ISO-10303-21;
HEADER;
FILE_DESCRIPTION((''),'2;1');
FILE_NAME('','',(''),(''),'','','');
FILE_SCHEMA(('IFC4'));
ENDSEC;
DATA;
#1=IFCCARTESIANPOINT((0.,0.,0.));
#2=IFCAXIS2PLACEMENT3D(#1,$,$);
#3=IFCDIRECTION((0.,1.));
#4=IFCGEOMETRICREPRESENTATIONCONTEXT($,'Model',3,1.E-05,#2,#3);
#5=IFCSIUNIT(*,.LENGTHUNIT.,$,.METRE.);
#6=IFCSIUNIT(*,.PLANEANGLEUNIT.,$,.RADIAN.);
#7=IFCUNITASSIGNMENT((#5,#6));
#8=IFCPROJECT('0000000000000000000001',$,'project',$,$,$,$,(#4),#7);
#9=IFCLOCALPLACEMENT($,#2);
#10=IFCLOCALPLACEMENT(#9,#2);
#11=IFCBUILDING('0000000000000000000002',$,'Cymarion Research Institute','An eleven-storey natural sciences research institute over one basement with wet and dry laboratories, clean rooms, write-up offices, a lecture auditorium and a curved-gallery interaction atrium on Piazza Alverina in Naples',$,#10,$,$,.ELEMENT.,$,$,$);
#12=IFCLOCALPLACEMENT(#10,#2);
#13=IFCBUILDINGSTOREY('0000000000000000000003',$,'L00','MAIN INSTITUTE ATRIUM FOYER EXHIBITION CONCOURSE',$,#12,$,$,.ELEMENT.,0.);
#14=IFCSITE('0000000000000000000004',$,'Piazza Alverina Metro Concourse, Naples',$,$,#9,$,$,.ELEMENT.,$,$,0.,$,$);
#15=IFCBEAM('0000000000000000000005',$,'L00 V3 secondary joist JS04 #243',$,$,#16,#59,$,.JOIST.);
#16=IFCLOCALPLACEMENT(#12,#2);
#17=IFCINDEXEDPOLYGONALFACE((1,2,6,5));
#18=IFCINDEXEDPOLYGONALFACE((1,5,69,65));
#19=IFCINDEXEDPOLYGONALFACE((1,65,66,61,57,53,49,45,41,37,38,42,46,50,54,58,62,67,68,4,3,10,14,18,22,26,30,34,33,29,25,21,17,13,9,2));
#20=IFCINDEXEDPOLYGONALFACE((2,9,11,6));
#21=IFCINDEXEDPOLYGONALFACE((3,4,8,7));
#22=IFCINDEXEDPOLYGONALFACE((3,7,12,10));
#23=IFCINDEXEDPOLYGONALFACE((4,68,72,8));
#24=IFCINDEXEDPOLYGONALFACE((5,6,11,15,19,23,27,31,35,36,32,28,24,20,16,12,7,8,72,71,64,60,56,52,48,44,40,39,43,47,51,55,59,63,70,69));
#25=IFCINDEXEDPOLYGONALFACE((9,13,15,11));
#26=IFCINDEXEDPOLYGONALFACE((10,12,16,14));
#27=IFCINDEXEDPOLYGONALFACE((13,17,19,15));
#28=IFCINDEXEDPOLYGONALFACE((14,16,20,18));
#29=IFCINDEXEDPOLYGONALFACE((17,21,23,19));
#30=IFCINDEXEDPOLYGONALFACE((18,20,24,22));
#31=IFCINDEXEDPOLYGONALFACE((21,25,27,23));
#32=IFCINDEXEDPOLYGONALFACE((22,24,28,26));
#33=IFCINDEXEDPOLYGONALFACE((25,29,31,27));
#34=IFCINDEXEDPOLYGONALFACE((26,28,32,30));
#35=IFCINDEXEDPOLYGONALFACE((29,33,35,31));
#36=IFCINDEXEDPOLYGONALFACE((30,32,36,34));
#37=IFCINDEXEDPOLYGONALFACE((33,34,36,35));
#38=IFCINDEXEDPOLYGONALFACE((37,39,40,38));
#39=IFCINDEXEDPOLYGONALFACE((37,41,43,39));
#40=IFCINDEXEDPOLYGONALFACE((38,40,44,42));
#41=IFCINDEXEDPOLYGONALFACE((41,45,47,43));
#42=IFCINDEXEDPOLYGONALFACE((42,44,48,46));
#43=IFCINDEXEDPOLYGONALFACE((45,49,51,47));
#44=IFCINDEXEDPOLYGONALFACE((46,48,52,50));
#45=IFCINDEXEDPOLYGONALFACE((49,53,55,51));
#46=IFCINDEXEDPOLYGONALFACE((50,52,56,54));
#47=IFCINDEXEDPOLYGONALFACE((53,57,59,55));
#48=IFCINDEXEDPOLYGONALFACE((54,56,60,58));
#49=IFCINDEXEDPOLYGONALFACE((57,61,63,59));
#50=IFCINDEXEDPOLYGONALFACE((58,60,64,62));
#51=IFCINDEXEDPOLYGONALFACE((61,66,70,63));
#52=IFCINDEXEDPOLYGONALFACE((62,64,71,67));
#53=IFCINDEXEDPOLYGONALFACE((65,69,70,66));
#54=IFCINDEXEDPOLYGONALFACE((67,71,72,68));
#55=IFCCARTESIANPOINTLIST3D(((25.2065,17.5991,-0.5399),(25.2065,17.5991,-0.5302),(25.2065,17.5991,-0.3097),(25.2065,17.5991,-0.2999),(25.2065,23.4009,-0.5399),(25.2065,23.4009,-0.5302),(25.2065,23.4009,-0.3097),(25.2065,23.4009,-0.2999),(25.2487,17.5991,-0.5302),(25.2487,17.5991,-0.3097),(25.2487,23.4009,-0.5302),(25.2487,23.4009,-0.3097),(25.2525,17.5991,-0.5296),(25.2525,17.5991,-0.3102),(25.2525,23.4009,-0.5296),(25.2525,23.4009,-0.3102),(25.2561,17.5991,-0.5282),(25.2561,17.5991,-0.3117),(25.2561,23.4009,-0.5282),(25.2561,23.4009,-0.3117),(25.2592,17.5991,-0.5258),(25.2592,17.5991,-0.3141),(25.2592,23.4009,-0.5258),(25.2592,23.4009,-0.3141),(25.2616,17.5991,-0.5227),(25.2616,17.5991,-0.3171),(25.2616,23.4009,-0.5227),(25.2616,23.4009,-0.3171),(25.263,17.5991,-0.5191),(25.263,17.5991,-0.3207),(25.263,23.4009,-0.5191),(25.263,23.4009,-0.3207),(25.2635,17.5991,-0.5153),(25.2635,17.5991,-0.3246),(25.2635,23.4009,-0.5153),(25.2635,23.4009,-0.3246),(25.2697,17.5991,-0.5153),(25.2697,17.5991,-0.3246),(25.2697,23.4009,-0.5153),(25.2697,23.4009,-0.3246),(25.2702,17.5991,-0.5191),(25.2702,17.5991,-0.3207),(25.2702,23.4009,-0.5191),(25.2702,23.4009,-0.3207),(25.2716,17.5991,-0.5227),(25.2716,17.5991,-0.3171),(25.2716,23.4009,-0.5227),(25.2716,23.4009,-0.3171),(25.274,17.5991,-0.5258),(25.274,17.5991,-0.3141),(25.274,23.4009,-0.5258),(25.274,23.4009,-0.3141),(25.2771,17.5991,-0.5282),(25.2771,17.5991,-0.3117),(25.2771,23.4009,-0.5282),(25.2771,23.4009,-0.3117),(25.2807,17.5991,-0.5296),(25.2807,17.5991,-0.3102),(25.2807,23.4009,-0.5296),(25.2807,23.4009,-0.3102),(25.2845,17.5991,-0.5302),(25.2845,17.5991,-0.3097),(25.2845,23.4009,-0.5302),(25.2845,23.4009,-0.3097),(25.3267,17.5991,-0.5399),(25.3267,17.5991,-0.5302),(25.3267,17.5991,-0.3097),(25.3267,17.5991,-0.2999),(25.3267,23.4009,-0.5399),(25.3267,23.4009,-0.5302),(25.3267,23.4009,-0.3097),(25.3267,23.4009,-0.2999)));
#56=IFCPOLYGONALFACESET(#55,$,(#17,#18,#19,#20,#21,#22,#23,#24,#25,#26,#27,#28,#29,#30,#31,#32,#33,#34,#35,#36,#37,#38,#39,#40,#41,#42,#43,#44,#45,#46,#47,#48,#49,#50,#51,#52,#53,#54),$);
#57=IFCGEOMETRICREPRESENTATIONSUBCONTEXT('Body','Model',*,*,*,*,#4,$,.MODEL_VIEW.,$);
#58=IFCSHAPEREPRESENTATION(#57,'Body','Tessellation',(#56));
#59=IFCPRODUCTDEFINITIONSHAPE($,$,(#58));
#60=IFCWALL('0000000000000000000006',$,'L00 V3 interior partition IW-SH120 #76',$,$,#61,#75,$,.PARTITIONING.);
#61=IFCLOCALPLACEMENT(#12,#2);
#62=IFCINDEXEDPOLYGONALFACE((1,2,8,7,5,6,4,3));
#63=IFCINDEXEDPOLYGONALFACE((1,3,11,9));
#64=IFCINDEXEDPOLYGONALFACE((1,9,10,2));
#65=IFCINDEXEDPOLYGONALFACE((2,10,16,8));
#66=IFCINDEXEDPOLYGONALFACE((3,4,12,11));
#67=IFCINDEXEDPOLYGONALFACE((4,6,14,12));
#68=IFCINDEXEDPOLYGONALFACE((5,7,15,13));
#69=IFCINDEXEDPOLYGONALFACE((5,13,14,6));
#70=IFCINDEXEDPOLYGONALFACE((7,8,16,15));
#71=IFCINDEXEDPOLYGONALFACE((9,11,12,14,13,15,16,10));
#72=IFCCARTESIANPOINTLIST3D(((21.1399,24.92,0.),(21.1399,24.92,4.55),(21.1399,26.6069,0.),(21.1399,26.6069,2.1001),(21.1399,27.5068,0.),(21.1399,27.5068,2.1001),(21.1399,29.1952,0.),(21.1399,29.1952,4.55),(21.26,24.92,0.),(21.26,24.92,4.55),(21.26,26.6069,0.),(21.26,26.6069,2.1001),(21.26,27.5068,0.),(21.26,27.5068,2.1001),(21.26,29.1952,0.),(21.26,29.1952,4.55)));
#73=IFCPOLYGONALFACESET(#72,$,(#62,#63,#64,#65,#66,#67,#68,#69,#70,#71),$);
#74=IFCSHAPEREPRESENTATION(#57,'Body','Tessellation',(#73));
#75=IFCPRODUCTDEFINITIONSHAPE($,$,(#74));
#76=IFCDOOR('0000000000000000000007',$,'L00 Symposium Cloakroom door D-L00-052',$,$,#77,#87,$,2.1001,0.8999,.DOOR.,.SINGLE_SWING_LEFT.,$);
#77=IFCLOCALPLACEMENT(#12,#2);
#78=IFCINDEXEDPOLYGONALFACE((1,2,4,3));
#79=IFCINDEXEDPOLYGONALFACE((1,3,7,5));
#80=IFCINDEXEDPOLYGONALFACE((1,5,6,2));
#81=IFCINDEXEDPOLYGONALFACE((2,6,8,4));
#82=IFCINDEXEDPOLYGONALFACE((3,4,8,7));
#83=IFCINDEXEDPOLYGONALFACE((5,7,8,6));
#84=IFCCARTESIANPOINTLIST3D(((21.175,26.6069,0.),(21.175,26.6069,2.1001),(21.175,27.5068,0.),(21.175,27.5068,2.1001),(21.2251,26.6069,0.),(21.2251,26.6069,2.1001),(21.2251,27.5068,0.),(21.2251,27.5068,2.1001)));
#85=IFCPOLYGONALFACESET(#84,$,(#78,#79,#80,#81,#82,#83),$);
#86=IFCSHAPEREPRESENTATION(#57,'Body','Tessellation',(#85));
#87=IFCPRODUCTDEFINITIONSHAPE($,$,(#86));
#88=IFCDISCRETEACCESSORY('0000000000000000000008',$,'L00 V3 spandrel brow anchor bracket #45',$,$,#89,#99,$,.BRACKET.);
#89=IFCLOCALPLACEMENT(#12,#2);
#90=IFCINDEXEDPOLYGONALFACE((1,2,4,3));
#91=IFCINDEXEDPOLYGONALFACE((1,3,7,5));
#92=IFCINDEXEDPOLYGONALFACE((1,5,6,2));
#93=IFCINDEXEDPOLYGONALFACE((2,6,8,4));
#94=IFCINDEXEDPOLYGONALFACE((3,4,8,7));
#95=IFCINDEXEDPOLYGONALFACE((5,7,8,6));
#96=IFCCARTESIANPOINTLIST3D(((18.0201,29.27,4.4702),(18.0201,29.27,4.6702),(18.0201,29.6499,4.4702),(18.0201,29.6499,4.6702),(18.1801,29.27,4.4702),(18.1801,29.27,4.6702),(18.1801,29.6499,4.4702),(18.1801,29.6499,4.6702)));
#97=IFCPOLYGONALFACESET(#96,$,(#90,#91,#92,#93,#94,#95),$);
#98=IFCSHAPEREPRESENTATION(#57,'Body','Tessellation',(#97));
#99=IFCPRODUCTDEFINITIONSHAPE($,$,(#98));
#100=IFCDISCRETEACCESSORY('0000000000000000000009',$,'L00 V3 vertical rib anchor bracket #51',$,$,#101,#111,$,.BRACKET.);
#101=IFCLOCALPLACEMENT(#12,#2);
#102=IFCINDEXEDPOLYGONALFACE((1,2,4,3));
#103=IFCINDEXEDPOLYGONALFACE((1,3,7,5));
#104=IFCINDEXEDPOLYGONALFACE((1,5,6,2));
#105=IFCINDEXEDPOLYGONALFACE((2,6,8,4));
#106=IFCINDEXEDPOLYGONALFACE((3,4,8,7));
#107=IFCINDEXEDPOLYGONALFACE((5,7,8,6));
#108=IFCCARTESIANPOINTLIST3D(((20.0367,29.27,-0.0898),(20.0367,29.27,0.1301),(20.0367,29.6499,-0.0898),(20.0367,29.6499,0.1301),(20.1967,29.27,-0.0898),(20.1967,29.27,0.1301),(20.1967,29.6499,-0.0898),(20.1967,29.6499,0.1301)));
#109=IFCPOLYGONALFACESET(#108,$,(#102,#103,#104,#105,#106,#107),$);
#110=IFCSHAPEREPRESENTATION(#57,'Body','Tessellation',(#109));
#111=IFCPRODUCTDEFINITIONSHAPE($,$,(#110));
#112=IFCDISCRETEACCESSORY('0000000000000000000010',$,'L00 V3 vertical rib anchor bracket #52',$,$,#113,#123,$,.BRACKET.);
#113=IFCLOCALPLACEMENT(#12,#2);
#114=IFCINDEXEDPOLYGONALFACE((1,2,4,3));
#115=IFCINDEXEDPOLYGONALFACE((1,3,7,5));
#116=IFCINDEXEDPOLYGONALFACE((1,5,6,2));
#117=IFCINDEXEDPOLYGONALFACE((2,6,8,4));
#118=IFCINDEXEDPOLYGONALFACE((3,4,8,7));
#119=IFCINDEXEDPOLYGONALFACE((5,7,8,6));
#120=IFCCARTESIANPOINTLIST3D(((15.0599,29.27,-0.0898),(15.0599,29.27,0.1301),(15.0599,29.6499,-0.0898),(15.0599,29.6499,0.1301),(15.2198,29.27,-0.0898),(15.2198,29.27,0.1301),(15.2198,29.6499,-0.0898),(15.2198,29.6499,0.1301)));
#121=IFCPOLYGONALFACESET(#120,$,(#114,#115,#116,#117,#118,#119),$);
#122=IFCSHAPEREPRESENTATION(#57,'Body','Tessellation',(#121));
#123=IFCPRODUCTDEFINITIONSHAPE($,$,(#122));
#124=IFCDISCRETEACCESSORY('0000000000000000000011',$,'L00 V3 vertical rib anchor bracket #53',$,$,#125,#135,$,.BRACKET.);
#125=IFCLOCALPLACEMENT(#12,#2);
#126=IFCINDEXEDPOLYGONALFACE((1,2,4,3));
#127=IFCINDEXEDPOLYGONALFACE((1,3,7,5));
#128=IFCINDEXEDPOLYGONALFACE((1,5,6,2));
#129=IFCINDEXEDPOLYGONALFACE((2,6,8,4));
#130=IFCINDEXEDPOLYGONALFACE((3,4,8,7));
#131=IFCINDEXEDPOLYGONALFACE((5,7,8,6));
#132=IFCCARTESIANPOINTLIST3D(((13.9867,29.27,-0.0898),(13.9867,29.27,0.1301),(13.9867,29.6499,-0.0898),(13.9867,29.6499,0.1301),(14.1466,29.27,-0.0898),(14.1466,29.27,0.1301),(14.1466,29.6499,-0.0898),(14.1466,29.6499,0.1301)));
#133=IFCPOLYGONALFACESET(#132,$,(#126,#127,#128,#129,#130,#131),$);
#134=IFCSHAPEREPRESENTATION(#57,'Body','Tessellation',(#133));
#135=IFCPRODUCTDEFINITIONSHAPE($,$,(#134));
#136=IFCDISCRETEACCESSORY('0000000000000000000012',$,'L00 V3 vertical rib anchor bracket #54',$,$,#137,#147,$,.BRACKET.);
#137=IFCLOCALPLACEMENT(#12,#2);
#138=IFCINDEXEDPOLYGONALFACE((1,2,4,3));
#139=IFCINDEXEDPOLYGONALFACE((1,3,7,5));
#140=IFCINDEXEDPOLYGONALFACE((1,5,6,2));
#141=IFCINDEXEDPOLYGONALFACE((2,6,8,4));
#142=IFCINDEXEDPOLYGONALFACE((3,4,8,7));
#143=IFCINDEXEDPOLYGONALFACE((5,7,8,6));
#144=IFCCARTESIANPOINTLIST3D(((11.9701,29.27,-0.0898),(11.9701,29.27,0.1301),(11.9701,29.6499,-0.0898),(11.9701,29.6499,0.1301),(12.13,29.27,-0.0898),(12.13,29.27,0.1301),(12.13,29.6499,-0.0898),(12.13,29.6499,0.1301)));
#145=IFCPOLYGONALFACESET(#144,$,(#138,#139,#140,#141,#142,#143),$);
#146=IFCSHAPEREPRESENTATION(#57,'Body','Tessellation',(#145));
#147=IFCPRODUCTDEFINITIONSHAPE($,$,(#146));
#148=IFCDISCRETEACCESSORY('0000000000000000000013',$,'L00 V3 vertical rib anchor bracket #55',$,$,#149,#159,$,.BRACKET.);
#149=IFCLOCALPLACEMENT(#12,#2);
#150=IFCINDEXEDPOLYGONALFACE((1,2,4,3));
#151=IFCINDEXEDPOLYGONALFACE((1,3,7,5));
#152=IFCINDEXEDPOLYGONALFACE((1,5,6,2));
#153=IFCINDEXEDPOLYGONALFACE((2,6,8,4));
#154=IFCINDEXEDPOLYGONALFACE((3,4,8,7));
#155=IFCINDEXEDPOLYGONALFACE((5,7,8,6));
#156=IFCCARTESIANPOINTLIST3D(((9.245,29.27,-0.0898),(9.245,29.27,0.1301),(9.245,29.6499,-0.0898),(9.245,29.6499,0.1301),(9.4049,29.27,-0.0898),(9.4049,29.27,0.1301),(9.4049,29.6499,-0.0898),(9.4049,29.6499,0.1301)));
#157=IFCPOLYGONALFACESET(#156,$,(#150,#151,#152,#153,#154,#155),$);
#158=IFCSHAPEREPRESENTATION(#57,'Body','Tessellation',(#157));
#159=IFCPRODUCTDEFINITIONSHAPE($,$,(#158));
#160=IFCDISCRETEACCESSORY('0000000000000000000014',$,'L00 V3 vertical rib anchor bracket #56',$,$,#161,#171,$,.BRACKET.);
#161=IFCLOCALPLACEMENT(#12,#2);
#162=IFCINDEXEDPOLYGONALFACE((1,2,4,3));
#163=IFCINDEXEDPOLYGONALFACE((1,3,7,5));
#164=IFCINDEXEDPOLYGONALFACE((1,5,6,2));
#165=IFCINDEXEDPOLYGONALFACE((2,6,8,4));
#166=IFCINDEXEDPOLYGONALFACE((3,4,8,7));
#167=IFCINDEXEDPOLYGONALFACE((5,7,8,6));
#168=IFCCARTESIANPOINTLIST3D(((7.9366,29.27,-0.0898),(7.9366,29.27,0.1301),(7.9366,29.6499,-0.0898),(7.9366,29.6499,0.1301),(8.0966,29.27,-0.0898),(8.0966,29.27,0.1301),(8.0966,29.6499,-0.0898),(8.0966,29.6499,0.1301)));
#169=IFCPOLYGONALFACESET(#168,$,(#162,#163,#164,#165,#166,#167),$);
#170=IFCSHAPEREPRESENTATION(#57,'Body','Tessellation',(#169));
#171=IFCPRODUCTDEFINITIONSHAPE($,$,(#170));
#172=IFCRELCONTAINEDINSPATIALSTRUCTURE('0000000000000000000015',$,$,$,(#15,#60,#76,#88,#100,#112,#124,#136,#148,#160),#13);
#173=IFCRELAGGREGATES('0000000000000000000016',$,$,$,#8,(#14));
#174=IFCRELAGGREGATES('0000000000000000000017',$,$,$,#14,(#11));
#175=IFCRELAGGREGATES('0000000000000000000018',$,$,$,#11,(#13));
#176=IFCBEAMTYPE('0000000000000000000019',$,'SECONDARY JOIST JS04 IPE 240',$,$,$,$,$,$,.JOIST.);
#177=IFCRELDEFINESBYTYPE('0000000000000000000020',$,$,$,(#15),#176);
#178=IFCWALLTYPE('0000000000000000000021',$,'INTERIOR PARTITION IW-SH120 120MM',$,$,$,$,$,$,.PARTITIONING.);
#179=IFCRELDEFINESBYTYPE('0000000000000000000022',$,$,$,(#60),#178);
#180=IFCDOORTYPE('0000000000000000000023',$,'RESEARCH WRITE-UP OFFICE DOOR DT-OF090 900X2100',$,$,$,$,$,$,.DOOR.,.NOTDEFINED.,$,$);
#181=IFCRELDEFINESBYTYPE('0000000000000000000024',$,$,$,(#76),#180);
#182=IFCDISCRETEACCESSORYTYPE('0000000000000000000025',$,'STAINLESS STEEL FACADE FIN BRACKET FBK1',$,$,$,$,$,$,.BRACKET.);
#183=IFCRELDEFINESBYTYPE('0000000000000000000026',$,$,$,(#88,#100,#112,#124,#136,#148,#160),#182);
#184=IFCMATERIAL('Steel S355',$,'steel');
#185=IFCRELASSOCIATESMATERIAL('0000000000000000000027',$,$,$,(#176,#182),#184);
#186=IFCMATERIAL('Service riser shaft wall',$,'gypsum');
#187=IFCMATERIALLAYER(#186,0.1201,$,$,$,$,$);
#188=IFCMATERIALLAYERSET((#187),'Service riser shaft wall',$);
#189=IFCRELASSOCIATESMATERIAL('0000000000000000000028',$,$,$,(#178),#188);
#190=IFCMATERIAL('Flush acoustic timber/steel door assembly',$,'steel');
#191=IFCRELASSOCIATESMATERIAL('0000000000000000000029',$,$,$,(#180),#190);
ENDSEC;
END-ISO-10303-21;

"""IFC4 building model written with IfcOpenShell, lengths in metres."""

from ifc_helpers import new_model, si_unit, direction, frame, frame_2d, origin, origin_2d, place, context, subcontext, project, spatial, rectangle, i_section, extrude, material, layer, layer_set, material_profile, profile_set, type_object, element, fill, save


model = new_model("IFC4")

# Units and contexts
model_context = context("Model", 3, precision=1e-05, world=origin(), true_north=direction((0.0, 1.0)))
body_context = subcontext(model_context, "Body", "Model", "MODEL_VIEW")
ifc_project = project(units=[si_unit("LENGTHUNIT", "METRE"), si_unit("PLANEANGLEUNIT", "RADIAN")], contexts=[model_context])

# Site, building, storey
site_placement = place(None, origin())
site = spatial("IfcSite", under=ifc_project, at=site_placement, Name="Piazza Alverina Metro Concourse, Naples", CompositionType="ELEMENT", RefElevation=0.0)
building_placement = place(site_placement, origin())
building = spatial("IfcBuilding", under=site, at=building_placement, Name="Cymarion Research Institute", Description="An eleven-storey natural sciences research institute over one basement with wet and dry laboratories, clean rooms, write-up offices, a lecture auditorium and a curved-gallery interaction atrium on Piazza Alverina in Naples", CompositionType="ELEMENT")
storey_placement = place(building_placement, origin())
storey = spatial("IfcBuildingStorey", under=building, at=storey_placement, Name="L00", Description="MAIN INSTITUTE ATRIUM FOYER EXHIBITION CONCOURSE", CompositionType="ELEMENT", Elevation=0.0)

# Shared definitions
ifc_material_1 = material(Name="Steel S355", Category="steel")

# Beam
ifc_material_profile_1 = material_profile(ifc_material_1, i_section(OverallWidth=0.1201, OverallDepth=0.24, WebThickness=0.0061, FlangeThickness=0.0098, FilletRadius=0.0149, at=origin_2d()), Name="IPE 240")
ifc_profile_set_1 = profile_set([ifc_material_profile_1], Name="Steel S355")
beam_type_1 = type_object("IfcBeamType", Name="SECONDARY JOIST JS04 IPE 240", PredefinedType="JOIST", material=ifc_profile_set_1)
for number, where, z_axis, x_axis, name in (
    (1, (25.2666, 17.5991, -0.4199), (0.0, 1.0, 0.0), (-1.0, 0.0, 0.0), "L00 V3 secondary joist JS04 #243"),
):
    element("IfcBeam", number, at=place(storey_placement, frame(where, z_axis=z_axis, x_axis=x_axis)), inside=storey, type_object=beam_type_1, Name=name, PredefinedType="JOIST", context=body_context, shape_type="SweptSolid", body=[
        extrude(i_section(OverallWidth=0.1201, OverallDepth=0.24, WebThickness=0.0061, FlangeThickness=0.0098, FilletRadius=0.0149, at=origin_2d()), origin(), (0.0, 0.0, 1.0), 5.8018),
    ])

# Wall, opening, door
ifc_material_2 = material(Name="Service riser shaft wall", Category="gypsum")
ifc_layer = layer(ifc_material_2, 0.1201)
ifc_layer_set = layer_set([ifc_layer], Name="Service riser shaft wall")
wall_type = type_object("IfcWallType", Name="INTERIOR PARTITION IW-SH120 120MM", PredefinedType="PARTITIONING", material=ifc_layer_set)
wall_placement = place(storey_placement, frame((21.2, 24.9199, 0.0), z_axis=(0.0, 0.0, 1.0), x_axis=(0.0, 1.0, 0.0)))
wall = element("IfcWall", 2, at=wall_placement, inside=storey, type_object=wall_type, Name="L00 V3 interior partition IW-SH120 #76", PredefinedType="PARTITIONING", context=body_context, shape_type="SweptSolid", body=[
    extrude(rectangle(XDim=4.2751, YDim=0.1201, at=frame_2d((2.1377, 0.0))), origin(), (0.0, 0.0, 1.0), 4.55),
])
opening_placement = place(wall_placement, frame((1.687, 0.0, 0.0)))
opening = element("IfcOpeningElement", 3, at=opening_placement, cuts=wall, PredefinedType="OPENING", context=body_context, shape_type="SweptSolid", body=[
    extrude(rectangle(XDim=0.8999, YDim=2.1001, at=frame_2d((0.45, 1.05))), frame((0.0, 0.0701, 0.0), z_axis=(0.0, -1.0, 0.0), x_axis=(1.0, 0.0, 0.0)), (0.0, 0.0, 1.0), 0.1401),
])
ifc_material_3 = material(Name="Flush acoustic timber/steel door assembly", Category="steel")
door_type = type_object("IfcDoorType", Name="RESEARCH WRITE-UP OFFICE DOOR DT-OF090 900X2100", OperationType="NOTDEFINED", PredefinedType="DOOR", material=ifc_material_3)
door_placement = place(opening_placement, origin())
door = element("IfcDoor", 4, at=door_placement, inside=storey, type_object=door_type, Name="L00 Symposium Cloakroom door D-L00-052", OperationType="SINGLE_SWING_LEFT", OverallHeight=2.1001, OverallWidth=0.8999, PredefinedType="DOOR", context=body_context, shape_type="SweptSolid", body=[
    extrude(rectangle(XDim=0.8999, YDim=2.1001, at=frame_2d((0.45, 1.05))), frame((0.0, 0.0249, 0.0), z_axis=(0.0, -1.0, 0.0), x_axis=(1.0, 0.0, 0.0)), (0.0, 0.0, 1.0), 0.05),
])
fill(opening, door)

# Discrete accessories
discrete_accessory_type = type_object("IfcDiscreteAccessoryType", Name="STAINLESS STEEL FACADE FIN BRACKET FBK1", PredefinedType="BRACKET", material=ifc_material_1)
discrete_accessory_placement = place(storey_placement, frame((18.1001, 29.46, 4.4702), z_axis=(0.0, 0.0, 1.0), x_axis=(0.0, 1.0, 0.0)))
element("IfcDiscreteAccessory", 5, at=discrete_accessory_placement, inside=storey, type_object=discrete_accessory_type, Name="L00 V3 spandrel brow anchor bracket #45", PredefinedType="BRACKET", context=body_context, shape_type="SweptSolid", body=[
    extrude(rectangle(XDim=0.3799, YDim=0.1599, at=origin_2d()), origin(), (0.0, 0.0, 1.0), 0.2),
])
for number, where, z_axis, x_axis, name in (
    (6, (20.1167, 29.46, -0.0898), (0.0, 0.0, 1.0), (0.0, 1.0, 0.0), "L00 V3 vertical rib anchor bracket #51"),
    (7, (15.1399, 29.46, -0.0898), (0.0, 0.0, 1.0), (0.0, 1.0, 0.0), "L00 V3 vertical rib anchor bracket #52"),
    (8, (14.0667, 29.46, -0.0898), (0.0, 0.0, 1.0), (0.0, 1.0, 0.0), "L00 V3 vertical rib anchor bracket #53"),
    (9, (12.05, 29.46, -0.0898), (0.0, 0.0, 1.0), (0.0, 1.0, 0.0), "L00 V3 vertical rib anchor bracket #54"),
    (10, (9.325, 29.46, -0.0898), (0.0, 0.0, 1.0), (0.0, 1.0, 0.0), "L00 V3 vertical rib anchor bracket #55"),
    (11, (8.0166, 29.46, -0.0898), (0.0, 0.0, 1.0), (0.0, 1.0, 0.0), "L00 V3 vertical rib anchor bracket #56"),
):
    element("IfcDiscreteAccessory", number, at=place(storey_placement, frame(where, z_axis=z_axis, x_axis=x_axis)), inside=storey, type_object=discrete_accessory_type, Name=name, PredefinedType="BRACKET", context=body_context, shape_type="SweptSolid", body=[
        extrude(rectangle(XDim=0.3799, YDim=0.1599, at=origin_2d()), origin(), (0.0, 0.0, 1.0), 0.22),
    ])

save(model, "model.ifc")
